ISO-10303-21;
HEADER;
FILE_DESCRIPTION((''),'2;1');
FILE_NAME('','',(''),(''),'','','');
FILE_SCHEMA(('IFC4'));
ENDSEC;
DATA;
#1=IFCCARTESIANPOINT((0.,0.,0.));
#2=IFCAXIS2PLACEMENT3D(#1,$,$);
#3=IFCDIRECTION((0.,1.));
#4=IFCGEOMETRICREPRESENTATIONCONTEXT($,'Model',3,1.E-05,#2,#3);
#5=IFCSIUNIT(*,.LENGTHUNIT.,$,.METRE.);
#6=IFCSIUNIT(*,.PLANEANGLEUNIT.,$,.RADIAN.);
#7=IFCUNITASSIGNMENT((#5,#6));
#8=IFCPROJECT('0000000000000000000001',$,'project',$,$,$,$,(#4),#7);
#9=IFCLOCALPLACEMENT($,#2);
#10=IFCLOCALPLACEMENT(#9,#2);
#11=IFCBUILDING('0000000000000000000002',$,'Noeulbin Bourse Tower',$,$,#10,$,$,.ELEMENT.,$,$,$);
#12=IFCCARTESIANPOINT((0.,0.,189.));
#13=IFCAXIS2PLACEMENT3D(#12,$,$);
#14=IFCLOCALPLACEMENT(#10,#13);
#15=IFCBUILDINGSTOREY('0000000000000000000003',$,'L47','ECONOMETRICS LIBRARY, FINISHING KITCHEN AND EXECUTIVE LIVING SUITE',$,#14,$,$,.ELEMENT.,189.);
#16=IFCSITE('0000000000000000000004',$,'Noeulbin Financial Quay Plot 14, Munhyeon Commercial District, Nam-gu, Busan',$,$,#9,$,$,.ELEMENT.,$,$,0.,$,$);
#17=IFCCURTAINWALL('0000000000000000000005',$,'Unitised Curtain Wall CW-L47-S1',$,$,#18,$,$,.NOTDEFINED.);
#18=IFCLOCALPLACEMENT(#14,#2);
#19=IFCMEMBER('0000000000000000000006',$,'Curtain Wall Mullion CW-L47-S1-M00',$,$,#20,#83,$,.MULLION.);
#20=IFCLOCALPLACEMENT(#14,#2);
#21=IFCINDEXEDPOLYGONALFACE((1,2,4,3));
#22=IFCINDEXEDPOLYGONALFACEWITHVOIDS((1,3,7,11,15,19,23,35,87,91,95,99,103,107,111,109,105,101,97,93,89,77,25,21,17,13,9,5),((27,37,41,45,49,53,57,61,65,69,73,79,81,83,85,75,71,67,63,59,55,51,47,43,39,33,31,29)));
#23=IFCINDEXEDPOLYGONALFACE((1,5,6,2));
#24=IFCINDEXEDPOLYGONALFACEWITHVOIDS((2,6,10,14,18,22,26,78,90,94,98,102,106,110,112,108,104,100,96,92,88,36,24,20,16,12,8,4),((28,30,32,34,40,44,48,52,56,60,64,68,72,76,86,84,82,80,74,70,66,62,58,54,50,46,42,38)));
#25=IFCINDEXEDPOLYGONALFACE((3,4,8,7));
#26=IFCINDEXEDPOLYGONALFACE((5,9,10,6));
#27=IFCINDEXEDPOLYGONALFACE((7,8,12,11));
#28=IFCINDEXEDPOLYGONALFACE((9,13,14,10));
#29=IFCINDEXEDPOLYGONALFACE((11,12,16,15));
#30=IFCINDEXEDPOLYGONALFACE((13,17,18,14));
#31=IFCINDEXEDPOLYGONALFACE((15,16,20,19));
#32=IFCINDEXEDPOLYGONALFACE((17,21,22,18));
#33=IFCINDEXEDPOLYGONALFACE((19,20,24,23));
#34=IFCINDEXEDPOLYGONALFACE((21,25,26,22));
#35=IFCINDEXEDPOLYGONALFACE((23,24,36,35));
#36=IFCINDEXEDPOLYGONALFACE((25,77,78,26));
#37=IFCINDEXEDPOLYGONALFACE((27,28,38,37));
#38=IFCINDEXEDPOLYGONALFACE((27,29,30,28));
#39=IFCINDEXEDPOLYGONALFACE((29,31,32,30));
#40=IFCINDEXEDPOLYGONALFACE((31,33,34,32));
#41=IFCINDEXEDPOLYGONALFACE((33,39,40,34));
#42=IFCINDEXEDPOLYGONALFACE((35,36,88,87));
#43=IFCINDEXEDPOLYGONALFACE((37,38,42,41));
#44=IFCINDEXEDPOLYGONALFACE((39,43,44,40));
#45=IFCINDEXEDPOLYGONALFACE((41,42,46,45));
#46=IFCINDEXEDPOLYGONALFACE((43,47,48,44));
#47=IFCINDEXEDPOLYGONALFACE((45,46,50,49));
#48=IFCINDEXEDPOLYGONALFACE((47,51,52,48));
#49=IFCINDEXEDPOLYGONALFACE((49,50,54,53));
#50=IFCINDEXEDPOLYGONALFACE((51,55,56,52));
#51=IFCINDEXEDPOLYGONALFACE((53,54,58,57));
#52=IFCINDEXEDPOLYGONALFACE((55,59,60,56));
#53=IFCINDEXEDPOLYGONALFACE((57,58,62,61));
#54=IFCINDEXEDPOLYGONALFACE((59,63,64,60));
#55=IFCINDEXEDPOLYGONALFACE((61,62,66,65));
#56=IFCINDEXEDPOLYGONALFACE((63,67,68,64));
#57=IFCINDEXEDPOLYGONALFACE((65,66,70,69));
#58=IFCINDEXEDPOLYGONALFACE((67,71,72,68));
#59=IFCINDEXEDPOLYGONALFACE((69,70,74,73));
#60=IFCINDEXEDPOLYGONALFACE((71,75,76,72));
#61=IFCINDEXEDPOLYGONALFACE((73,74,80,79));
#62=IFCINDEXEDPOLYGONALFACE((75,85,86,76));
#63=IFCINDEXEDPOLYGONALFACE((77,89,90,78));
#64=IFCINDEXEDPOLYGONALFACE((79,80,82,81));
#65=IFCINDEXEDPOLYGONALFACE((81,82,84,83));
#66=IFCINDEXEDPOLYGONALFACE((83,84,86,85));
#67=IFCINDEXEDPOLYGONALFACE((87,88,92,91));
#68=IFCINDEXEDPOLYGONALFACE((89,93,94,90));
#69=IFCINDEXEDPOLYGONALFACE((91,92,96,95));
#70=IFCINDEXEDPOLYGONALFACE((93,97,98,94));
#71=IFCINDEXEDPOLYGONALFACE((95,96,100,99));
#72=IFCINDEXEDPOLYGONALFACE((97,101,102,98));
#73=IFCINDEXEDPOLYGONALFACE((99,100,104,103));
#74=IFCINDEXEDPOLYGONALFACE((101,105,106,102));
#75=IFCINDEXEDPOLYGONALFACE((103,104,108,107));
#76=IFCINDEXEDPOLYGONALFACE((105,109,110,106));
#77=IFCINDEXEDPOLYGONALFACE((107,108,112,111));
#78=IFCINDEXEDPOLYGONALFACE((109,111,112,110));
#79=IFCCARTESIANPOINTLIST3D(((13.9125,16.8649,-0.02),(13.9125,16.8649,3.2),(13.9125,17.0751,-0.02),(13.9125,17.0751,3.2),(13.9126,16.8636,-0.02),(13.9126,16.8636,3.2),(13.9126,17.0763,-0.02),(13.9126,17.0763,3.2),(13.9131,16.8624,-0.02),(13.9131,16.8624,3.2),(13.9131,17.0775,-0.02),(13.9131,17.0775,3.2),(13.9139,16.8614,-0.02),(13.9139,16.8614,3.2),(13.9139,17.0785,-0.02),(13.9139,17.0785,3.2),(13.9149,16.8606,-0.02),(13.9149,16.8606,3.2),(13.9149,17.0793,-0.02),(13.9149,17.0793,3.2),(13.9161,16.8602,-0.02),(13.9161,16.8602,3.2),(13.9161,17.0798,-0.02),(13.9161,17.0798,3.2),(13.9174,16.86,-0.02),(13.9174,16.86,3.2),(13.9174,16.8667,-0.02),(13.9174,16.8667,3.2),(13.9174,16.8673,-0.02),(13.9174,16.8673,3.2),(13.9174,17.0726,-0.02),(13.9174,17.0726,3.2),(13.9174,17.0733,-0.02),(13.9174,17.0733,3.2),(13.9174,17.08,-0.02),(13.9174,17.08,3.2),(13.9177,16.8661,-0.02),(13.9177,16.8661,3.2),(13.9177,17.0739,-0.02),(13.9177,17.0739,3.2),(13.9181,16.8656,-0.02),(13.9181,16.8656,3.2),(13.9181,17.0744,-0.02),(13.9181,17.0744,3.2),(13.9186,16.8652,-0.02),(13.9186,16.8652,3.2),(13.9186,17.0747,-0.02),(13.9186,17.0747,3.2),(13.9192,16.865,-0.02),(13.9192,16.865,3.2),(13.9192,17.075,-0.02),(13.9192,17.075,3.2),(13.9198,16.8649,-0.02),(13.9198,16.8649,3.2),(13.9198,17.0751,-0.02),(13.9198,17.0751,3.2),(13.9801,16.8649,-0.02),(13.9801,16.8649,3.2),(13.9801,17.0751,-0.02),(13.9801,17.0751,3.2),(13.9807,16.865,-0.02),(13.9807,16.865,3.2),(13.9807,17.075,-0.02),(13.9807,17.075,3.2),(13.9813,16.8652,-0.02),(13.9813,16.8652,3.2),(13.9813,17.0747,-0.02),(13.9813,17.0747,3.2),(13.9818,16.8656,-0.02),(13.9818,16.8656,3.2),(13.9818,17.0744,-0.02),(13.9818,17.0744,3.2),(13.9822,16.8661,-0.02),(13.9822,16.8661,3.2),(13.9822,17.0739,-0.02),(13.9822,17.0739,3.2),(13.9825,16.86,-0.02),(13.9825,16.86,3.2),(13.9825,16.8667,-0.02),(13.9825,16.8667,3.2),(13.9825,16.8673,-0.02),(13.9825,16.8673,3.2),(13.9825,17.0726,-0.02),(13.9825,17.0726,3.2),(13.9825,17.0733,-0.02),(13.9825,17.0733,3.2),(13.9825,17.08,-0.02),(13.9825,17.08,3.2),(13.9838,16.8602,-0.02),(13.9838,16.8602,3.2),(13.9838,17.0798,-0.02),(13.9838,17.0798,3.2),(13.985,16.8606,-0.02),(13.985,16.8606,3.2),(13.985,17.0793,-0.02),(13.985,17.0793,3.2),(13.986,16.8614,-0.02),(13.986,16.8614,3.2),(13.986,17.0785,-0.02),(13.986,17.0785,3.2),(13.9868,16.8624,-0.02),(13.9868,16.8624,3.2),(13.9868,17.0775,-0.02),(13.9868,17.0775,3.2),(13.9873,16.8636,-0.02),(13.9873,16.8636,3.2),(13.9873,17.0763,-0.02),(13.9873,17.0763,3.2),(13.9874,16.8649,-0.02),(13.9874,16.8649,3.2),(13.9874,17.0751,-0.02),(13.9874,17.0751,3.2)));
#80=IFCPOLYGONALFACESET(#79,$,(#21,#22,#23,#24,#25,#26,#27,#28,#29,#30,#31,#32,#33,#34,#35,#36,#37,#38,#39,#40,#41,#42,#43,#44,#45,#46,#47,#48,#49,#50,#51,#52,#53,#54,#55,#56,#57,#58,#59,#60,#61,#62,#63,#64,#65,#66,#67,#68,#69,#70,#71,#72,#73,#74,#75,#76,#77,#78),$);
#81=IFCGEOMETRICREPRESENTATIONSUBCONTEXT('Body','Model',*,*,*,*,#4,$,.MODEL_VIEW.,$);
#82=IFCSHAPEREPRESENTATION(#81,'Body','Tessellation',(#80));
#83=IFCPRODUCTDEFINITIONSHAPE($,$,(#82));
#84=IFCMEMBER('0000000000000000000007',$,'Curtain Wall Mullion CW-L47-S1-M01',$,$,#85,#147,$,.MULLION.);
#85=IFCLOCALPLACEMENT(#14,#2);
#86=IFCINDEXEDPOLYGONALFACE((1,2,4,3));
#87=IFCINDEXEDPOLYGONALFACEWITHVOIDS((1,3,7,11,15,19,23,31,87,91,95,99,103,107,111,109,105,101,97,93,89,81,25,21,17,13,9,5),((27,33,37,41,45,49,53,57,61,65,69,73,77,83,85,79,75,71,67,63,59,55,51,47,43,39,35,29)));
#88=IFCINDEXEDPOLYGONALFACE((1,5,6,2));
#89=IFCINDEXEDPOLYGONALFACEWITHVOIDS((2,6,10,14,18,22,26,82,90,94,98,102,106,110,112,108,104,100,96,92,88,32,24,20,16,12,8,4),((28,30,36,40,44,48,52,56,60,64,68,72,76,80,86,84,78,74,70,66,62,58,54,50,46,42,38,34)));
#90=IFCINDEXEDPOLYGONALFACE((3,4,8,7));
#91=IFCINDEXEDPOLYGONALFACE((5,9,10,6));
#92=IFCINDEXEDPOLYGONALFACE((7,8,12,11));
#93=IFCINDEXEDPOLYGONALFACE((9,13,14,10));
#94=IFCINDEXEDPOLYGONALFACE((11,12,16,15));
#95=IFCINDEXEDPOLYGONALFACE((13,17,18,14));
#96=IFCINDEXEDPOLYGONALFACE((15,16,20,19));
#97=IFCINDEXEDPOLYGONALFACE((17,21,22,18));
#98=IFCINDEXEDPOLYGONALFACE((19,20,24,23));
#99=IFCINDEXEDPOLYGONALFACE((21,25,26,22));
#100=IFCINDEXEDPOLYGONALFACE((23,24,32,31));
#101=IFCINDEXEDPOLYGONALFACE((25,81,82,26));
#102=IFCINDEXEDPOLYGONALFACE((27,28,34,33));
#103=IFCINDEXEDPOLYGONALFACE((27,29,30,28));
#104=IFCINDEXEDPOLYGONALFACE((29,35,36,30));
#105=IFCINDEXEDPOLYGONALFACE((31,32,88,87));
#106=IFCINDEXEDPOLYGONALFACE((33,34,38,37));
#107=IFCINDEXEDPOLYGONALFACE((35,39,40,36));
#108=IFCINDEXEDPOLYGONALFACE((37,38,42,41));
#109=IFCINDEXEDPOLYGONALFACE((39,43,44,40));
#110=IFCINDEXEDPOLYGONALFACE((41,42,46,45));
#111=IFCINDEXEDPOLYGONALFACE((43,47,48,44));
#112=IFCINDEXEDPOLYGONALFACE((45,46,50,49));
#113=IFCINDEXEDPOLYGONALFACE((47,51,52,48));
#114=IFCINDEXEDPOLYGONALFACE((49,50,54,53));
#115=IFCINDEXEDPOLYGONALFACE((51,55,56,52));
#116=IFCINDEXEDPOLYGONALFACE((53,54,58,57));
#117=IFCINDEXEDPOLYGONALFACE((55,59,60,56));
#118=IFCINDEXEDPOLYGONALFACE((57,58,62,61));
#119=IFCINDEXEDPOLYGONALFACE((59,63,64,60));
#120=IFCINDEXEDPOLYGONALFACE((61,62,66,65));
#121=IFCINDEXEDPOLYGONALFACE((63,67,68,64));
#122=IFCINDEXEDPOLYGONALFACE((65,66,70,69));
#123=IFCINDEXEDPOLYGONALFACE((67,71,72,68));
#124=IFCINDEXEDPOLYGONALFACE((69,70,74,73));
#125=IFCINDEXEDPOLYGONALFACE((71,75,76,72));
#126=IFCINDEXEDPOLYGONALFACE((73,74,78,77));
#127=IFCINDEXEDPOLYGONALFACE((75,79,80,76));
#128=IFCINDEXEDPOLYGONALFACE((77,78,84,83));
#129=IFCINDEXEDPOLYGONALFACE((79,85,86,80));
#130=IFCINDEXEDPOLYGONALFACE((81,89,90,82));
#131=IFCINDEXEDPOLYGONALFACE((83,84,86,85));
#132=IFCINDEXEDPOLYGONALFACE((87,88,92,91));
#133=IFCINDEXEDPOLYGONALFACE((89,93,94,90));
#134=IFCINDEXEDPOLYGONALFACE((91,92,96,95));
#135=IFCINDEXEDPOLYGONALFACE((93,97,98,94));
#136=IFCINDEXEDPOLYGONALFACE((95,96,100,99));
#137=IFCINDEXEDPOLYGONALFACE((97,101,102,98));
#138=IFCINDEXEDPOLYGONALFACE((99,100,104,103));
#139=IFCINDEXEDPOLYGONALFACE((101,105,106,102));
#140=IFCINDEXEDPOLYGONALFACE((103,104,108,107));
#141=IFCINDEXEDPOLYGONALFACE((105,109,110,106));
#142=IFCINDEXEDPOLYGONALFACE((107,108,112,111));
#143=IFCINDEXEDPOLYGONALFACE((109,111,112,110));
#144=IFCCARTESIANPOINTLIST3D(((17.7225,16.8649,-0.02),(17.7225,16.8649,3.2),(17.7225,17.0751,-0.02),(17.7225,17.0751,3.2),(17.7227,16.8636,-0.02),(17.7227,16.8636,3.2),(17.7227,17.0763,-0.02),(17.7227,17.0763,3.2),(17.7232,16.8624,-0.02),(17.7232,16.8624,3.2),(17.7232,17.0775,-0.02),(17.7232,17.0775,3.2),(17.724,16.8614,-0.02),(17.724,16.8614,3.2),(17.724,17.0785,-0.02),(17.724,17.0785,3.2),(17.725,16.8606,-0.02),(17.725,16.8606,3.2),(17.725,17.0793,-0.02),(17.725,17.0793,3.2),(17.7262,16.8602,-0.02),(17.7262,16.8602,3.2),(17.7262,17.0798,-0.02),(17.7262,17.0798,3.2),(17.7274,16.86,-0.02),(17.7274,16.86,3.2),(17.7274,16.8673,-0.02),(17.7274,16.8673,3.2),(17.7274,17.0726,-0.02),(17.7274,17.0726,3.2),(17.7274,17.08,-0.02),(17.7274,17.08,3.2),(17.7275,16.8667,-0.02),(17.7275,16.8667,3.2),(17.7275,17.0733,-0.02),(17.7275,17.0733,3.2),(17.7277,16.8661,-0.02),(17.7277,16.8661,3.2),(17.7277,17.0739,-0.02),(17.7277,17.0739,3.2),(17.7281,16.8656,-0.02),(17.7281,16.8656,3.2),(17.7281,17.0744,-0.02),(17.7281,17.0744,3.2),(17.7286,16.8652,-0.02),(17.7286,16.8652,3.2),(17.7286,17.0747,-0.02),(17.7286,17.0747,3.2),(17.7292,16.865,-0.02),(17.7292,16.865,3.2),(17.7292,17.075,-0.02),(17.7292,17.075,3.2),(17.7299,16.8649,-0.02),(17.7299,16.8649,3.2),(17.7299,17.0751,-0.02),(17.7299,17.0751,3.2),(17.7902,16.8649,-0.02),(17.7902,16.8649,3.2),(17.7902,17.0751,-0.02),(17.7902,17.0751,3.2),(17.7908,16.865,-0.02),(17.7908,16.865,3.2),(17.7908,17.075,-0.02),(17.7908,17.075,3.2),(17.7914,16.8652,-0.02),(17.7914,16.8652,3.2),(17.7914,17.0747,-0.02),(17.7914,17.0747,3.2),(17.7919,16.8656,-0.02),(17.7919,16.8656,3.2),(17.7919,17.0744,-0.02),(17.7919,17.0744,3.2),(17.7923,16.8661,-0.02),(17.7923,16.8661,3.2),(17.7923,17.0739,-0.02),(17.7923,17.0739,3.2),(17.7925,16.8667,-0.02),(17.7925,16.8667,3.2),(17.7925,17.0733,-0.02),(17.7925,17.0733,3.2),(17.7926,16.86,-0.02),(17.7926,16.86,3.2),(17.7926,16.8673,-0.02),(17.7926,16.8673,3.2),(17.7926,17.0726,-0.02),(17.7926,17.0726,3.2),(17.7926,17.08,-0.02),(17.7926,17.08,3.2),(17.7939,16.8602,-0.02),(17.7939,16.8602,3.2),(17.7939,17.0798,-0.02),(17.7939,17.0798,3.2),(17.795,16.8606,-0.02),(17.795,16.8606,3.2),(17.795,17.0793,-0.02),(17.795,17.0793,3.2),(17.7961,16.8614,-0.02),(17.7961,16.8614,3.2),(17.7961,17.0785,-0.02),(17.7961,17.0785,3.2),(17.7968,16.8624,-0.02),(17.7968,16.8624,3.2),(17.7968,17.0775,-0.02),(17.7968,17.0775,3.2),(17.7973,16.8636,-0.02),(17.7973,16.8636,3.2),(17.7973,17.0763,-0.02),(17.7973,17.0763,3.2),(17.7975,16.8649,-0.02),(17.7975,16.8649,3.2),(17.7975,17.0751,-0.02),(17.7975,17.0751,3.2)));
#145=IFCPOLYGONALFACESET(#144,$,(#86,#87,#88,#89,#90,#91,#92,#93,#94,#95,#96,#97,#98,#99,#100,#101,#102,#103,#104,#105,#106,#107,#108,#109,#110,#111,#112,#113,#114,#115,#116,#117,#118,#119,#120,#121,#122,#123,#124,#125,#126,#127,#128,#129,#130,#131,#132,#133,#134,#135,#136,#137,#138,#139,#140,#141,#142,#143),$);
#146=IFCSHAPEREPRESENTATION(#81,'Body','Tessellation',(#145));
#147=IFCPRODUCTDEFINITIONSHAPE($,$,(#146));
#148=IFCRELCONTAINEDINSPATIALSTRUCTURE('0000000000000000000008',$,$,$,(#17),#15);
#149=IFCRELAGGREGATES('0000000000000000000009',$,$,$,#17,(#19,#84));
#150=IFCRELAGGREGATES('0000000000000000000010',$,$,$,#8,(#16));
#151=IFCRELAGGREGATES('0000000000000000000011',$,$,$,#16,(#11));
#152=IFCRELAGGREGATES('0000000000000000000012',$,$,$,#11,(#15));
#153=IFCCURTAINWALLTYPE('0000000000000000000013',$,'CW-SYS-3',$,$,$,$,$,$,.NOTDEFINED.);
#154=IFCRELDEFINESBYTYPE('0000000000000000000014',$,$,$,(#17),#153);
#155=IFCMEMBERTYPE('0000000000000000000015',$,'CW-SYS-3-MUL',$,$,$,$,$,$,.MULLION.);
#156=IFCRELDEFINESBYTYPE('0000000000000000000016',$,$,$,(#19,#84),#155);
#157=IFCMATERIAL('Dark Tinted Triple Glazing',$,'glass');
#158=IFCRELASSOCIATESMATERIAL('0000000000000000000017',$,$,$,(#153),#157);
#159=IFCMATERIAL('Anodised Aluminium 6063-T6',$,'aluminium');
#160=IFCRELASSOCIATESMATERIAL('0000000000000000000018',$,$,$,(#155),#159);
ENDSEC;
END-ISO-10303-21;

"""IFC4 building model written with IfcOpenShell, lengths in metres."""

from ifc_helpers import new_model, si_unit, direction, frame, origin, origin_2d, place, context, subcontext, project, spatial, hollow_rectangle, extrude, material, material_profile, profile_set, type_object, element, aggregate, save


model = new_model("IFC4")

# Units and contexts
model_context = context("Model", 3, precision=1e-05, world=origin(), true_north=direction((0.0, 1.0)))
body_context = subcontext(model_context, "Body", "Model", "MODEL_VIEW")
ifc_project = project(units=[si_unit("LENGTHUNIT", "METRE"), si_unit("PLANEANGLEUNIT", "RADIAN")], contexts=[model_context])

# Site, building, storey
site_placement = place(None, origin())
site = spatial("IfcSite", under=ifc_project, at=site_placement, Name="Noeulbin Financial Quay Plot 14, Munhyeon Commercial District, Nam-gu, Busan", CompositionType="ELEMENT", RefElevation=0.0)
building_placement = place(site_placement, origin())
building = spatial("IfcBuilding", under=site, at=building_placement, Name="Noeulbin Bourse Tower", CompositionType="ELEMENT")
storey_placement = place(building_placement, frame((0.0, 0.0, 189.0)))
storey = spatial("IfcBuildingStorey", under=building, at=storey_placement, Name="L47", Description="ECONOMETRICS LIBRARY, FINISHING KITCHEN AND EXECUTIVE LIVING SUITE", CompositionType="ELEMENT", Elevation=189.0)

# Curtain wall, members
ifc_material_1 = material(Name="Dark Tinted Triple Glazing", Category="glass")
curtain_wall_type = type_object("IfcCurtainWallType", Name="CW-SYS-3", PredefinedType="NOTDEFINED", material=ifc_material_1)
curtain_wall_placement = place(storey_placement, origin())
curtain_wall = element("IfcCurtainWall", 1, at=curtain_wall_placement, inside=storey, type_object=curtain_wall_type, Name="Unitised Curtain Wall CW-L47-S1", PredefinedType="NOTDEFINED")
ifc_material_2 = material(Name="Anodised Aluminium 6063-T6", Category="aluminium")
ifc_material_profile_1 = material_profile(ifc_material_2, hollow_rectangle(XDim=0.075, YDim=0.22, WallThickness=0.0049, InnerFilletRadius=0.0024, OuterFilletRadius=0.0049, at=origin_2d()), Name="ALU-MULL-75x220x5", Category="LoadBearing")
ifc_profile_set_1 = profile_set([ifc_material_profile_1], Name="Anodised Aluminium 6063-T6")
member_type_1 = type_object("IfcMemberType", Name="CW-SYS-3-MUL", PredefinedType="MULLION", material=ifc_profile_set_1)
member_1_placement = place(storey_placement, frame((13.95, 16.97, -0.02), z_axis=(0.0, 0.0, 1.0), x_axis=(1.0, 0.0, 0.0)))
member_1 = element("IfcMember", 2, at=member_1_placement, type_object=member_type_1, Name="Curtain Wall Mullion CW-L47-S1-M00", PredefinedType="MULLION", context=body_context, shape_type="SweptSolid", body=[
    extrude(hollow_rectangle(XDim=0.075, YDim=0.22, WallThickness=0.0049, InnerFilletRadius=0.0024, OuterFilletRadius=0.0049, at=origin_2d()), origin(), (0.0, 0.0, 1.0), 3.22),
])
member_2_placement = place(storey_placement, frame((17.76, 16.97, -0.02), z_axis=(0.0, 0.0, 1.0), x_axis=(1.0, 0.0, 0.0)))
member_2 = element("IfcMember", 3, at=member_2_placement, type_object=member_type_1, Name="Curtain Wall Mullion CW-L47-S1-M01", PredefinedType="MULLION", context=body_context, shape_type="SweptSolid", body=[
    extrude(hollow_rectangle(XDim=0.075, YDim=0.22, WallThickness=0.0049, InnerFilletRadius=0.0024, OuterFilletRadius=0.0049, at=origin_2d()), origin(), (0.0, 0.0, 1.0), 3.22),
])
aggregate(curtain_wall, [member_1, member_2])

save(model, "model.ifc")
